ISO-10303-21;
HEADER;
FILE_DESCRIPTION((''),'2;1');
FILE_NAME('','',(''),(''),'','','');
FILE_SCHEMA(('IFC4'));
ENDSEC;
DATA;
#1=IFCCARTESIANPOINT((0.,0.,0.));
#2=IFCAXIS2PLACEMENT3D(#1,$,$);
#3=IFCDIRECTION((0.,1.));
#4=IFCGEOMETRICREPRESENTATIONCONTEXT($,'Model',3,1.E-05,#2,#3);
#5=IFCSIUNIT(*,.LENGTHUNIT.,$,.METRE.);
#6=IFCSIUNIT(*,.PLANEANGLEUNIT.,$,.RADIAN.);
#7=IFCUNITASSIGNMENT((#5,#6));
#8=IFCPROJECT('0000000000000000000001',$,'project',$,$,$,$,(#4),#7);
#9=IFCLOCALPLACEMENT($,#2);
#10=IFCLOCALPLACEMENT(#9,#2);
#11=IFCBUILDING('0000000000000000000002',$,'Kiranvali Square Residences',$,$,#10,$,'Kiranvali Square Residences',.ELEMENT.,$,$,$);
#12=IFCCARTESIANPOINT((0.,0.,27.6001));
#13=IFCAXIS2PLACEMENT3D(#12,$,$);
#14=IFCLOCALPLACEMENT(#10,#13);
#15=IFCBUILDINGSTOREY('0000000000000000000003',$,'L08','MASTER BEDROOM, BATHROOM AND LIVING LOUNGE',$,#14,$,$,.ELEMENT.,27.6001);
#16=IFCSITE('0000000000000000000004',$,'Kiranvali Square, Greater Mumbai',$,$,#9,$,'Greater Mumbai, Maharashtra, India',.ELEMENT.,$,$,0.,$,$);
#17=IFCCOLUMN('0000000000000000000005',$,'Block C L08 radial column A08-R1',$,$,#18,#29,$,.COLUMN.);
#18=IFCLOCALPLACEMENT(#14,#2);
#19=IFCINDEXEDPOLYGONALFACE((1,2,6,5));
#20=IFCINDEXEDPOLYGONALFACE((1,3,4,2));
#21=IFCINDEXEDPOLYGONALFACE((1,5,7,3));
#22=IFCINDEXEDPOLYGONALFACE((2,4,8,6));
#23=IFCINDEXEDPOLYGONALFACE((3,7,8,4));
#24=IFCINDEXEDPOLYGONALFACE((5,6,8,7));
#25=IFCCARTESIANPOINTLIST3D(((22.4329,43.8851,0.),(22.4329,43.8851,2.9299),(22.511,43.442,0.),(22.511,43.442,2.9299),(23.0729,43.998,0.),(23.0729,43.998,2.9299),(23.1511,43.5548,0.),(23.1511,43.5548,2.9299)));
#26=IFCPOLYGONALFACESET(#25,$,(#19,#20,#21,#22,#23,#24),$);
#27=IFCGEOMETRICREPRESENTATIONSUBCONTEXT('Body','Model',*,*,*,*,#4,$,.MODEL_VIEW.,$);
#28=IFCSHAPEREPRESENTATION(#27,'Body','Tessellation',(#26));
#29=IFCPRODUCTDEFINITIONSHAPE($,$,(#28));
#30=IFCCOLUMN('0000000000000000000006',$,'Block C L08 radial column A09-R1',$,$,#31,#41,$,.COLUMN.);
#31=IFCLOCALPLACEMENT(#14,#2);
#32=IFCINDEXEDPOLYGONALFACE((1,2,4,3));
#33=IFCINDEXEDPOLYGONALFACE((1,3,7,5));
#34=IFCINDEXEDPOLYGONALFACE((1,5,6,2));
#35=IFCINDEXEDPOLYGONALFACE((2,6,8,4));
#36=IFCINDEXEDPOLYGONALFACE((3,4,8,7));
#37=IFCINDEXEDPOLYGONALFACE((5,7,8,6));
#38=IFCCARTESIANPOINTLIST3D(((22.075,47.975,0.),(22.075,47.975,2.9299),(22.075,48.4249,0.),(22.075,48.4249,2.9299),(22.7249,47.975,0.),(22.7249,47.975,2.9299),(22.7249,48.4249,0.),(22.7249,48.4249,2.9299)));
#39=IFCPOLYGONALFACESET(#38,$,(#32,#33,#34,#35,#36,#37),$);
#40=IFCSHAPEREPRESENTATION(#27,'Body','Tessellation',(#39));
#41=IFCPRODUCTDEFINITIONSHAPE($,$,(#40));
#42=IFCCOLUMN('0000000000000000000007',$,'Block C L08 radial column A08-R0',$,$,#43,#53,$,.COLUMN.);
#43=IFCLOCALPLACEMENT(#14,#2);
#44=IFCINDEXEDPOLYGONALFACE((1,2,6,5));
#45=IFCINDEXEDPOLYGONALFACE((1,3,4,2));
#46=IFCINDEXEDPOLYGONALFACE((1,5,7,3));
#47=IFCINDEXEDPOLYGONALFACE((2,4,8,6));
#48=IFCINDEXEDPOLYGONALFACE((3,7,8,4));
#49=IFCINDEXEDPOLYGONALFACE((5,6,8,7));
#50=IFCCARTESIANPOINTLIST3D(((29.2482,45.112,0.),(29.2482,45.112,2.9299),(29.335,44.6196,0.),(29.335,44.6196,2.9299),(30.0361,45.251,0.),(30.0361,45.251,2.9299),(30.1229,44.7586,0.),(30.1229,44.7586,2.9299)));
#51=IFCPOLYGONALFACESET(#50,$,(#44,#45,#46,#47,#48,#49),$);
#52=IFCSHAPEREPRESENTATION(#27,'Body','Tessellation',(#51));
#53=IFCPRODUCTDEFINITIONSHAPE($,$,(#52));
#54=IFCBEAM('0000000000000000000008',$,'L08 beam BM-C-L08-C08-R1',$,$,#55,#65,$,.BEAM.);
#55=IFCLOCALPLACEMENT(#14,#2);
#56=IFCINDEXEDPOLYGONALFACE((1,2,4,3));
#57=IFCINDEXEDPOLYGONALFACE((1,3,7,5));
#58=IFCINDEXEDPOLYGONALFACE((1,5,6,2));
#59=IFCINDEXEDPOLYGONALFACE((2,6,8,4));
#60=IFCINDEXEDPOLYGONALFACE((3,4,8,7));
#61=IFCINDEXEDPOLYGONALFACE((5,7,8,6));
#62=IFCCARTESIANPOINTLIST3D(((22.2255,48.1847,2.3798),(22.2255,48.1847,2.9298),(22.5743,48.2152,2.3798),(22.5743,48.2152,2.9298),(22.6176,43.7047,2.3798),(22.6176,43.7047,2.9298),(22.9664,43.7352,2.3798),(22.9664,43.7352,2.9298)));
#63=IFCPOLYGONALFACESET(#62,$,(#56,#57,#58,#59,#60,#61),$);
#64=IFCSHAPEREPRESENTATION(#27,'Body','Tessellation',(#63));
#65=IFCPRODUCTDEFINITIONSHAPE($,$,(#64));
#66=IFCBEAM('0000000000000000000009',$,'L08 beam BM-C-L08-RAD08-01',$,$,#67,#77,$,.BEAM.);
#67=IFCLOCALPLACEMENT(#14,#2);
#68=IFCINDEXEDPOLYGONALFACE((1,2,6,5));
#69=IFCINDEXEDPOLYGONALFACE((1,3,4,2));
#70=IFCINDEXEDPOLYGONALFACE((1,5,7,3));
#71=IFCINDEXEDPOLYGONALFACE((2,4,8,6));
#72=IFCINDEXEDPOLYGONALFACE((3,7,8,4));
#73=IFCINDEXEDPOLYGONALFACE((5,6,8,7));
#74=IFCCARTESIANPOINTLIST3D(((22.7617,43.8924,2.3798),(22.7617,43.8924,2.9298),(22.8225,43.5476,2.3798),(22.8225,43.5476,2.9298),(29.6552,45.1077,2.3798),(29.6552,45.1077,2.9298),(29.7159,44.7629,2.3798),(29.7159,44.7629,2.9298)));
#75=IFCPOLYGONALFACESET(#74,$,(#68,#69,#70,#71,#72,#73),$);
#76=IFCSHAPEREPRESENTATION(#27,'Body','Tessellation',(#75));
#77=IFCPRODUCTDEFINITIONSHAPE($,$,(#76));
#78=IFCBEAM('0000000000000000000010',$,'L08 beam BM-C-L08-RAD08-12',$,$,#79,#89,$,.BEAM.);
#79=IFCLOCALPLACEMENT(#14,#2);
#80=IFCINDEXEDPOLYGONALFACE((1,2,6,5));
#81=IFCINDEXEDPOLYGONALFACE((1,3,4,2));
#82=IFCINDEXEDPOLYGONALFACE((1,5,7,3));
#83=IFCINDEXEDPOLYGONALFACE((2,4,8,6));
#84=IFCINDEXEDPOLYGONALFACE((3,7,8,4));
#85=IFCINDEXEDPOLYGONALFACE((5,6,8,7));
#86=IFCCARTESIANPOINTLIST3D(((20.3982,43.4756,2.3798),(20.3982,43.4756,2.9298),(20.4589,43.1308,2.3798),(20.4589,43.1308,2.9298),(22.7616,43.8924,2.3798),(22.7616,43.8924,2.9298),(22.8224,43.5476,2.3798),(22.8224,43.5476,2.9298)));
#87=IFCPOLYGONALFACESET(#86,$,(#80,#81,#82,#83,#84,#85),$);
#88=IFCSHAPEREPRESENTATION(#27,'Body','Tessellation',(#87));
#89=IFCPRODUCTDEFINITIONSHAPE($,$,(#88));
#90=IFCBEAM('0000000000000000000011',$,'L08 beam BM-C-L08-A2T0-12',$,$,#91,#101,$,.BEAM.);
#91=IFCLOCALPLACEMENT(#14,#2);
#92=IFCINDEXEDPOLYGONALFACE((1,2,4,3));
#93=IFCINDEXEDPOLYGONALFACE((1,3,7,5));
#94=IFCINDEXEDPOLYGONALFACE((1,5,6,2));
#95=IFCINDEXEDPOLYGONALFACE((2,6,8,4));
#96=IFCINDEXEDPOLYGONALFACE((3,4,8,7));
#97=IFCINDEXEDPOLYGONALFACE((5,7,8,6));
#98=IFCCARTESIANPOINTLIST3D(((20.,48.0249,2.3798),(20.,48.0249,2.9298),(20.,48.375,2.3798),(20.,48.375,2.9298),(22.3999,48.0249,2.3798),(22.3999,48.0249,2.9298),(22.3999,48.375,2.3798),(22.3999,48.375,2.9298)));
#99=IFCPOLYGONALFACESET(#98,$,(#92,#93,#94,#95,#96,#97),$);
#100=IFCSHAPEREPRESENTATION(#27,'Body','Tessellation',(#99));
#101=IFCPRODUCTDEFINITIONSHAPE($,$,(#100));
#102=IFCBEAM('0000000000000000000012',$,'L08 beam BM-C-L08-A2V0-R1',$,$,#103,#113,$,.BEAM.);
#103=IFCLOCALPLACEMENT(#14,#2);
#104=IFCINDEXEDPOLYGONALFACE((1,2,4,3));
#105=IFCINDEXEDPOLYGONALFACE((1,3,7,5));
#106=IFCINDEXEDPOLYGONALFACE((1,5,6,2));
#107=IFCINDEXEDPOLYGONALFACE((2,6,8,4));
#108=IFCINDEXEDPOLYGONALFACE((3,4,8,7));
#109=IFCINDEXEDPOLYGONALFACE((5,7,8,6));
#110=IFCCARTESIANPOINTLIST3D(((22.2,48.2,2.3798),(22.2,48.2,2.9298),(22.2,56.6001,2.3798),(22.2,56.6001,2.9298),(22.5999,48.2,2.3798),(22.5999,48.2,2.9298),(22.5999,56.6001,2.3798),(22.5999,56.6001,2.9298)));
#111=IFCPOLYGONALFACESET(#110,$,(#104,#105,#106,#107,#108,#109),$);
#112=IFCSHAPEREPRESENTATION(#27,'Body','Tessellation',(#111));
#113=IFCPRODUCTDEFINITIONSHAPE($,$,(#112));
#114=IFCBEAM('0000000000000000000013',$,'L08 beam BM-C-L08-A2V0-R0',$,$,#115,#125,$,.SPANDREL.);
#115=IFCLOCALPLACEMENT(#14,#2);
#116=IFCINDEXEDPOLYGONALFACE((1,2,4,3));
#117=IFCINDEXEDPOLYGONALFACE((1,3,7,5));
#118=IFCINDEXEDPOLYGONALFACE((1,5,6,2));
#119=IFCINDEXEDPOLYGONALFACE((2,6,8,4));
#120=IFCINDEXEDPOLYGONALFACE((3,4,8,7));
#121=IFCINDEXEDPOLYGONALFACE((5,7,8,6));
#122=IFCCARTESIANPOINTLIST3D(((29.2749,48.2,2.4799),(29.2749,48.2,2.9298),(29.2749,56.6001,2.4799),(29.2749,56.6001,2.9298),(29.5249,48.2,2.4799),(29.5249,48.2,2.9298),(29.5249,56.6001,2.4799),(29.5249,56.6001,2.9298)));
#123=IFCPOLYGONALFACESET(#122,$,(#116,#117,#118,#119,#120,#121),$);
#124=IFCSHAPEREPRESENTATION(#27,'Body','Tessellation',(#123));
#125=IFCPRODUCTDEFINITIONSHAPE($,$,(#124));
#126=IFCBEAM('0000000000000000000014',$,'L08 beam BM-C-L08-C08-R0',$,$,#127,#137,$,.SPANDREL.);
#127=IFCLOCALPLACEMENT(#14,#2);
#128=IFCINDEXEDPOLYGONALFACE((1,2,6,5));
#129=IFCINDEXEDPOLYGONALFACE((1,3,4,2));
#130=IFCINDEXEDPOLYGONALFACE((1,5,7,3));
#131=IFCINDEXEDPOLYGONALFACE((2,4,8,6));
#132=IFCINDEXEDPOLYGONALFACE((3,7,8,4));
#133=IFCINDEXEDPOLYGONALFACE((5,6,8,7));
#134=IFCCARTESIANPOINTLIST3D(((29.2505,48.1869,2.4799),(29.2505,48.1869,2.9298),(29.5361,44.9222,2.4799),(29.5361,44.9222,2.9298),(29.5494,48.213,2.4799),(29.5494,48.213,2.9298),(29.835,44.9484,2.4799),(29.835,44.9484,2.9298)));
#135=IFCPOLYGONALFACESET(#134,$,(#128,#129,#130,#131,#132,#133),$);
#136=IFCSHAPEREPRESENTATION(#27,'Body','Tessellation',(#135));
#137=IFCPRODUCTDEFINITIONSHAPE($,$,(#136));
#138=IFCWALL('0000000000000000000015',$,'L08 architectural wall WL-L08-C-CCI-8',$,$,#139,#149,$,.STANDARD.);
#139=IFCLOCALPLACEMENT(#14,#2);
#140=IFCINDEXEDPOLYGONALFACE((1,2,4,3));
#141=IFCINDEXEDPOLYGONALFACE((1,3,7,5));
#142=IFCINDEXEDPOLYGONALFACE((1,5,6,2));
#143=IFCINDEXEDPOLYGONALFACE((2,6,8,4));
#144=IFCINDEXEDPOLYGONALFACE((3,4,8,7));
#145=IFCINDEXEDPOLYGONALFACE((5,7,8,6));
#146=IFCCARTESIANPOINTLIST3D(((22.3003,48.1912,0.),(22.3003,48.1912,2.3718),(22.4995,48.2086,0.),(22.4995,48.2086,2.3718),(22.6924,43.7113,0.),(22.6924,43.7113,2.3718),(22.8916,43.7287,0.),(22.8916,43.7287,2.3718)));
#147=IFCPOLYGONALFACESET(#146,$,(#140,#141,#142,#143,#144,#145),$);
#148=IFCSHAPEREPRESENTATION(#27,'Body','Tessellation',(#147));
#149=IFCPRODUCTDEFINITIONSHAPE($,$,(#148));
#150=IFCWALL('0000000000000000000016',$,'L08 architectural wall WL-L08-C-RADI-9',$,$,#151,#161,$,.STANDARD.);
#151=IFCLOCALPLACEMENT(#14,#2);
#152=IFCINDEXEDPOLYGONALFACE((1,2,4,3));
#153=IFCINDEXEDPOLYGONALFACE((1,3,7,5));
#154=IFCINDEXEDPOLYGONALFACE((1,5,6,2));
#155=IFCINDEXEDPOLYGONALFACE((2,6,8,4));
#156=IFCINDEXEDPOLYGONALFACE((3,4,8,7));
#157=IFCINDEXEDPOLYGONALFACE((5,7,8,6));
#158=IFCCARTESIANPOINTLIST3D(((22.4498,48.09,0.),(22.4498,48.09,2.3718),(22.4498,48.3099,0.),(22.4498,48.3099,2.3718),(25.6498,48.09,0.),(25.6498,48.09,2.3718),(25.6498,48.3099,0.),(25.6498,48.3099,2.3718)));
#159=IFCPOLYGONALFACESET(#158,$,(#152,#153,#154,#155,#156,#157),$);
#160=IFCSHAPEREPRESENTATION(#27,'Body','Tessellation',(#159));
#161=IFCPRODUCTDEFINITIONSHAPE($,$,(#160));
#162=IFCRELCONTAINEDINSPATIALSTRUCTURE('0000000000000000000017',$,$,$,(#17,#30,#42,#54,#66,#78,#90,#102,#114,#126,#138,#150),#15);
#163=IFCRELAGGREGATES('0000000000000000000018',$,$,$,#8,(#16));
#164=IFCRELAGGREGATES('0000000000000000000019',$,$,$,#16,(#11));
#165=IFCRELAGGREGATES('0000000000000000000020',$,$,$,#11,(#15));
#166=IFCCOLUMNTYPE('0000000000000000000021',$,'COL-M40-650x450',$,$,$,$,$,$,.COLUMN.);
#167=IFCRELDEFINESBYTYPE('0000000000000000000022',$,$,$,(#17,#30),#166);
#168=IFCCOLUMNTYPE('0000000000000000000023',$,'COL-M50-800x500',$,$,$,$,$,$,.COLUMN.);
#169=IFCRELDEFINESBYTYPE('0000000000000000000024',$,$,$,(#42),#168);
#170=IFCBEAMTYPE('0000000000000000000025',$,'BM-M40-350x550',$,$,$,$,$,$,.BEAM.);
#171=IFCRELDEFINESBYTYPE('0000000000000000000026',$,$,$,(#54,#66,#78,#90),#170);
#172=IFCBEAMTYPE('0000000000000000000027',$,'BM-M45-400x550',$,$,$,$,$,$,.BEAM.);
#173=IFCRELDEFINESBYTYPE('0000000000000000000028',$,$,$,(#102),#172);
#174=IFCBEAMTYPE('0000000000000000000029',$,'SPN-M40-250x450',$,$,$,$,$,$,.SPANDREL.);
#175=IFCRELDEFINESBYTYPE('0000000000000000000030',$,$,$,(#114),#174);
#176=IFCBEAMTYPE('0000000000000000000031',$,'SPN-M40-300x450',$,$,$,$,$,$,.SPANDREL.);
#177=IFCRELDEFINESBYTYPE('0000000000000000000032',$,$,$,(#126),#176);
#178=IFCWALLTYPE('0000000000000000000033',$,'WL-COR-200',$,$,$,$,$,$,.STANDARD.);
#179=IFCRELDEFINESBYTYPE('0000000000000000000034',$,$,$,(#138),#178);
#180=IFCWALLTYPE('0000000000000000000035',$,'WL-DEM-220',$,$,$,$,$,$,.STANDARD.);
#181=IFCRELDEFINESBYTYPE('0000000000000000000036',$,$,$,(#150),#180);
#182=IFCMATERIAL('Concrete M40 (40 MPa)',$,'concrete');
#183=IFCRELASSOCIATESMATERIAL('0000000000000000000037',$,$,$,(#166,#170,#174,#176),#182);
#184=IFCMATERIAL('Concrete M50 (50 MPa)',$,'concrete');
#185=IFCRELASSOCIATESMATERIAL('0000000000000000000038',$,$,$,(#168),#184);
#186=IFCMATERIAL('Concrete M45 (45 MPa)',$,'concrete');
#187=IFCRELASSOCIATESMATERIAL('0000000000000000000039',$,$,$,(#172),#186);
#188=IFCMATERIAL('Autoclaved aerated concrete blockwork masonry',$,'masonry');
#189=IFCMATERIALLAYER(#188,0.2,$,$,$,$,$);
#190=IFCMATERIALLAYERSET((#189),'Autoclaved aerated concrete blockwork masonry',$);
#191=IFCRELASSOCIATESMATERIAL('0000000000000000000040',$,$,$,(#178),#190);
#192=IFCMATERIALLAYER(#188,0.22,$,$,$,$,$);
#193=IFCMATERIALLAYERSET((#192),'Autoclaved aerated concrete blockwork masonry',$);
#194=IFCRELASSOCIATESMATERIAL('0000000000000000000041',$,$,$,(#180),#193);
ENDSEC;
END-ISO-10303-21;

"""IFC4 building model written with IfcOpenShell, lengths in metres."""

from ifc_helpers import new_model, si_unit, direction, frame, frame_2d, origin, origin_2d, place, context, subcontext, project, spatial, rectangle, extrude, material, layer, layer_set, material_profile, profile_set, type_object, element, save


model = new_model("IFC4")

# Units and contexts
model_context = context("Model", 3, precision=1e-05, world=origin(), true_north=direction((0.0, 1.0)))
body_context = subcontext(model_context, "Body", "Model", "MODEL_VIEW")
ifc_project = project(units=[si_unit("LENGTHUNIT", "METRE"), si_unit("PLANEANGLEUNIT", "RADIAN")], contexts=[model_context])

# Site, building, storey
site_placement = place(None, origin())
site = spatial("IfcSite", under=ifc_project, at=site_placement, Name="Kiranvali Square, Greater Mumbai", LongName="Greater Mumbai, Maharashtra, India", CompositionType="ELEMENT", RefElevation=0.0)
building_placement = place(site_placement, origin())
building = spatial("IfcBuilding", under=site, at=building_placement, Name="Kiranvali Square Residences", LongName="Kiranvali Square Residences", CompositionType="ELEMENT")
storey_placement = place(building_placement, frame((0.0, 0.0, 27.6001)))
storey = spatial("IfcBuildingStorey", under=building, at=storey_placement, Name="L08", Description="MASTER BEDROOM, BATHROOM AND LIVING LOUNGE", CompositionType="ELEMENT", Elevation=27.6001)

# Columns
ifc_material_1 = material(Name="Concrete M40 (40 MPa)", Category="concrete")
ifc_material_profile_1 = material_profile(ifc_material_1, rectangle(XDim=0.45, YDim=0.6499, at=origin_2d()), Name="RC 650x450")
ifc_profile_set_1 = profile_set([ifc_material_profile_1], Name="Concrete M40 (40 MPa)")
column_type_1 = type_object("IfcColumnType", Name="COL-M40-650x450", PredefinedType="COLUMN", material=ifc_profile_set_1)
for number, where, z_axis, x_axis, name in (
    (1, (22.792, 43.72, 0.0), (0.0, 0.0, 1.0), (-0.173648, 0.984808, 0.0), "Block C L08 radial column A08-R1"),
    (2, (22.3999, 48.2, 0.0), (0.0, 0.0, 1.0), (0.0, 1.0, 0.0), "Block C L08 radial column A09-R1"),
):
    element("IfcColumn", number, at=place(storey_placement, frame(where, z_axis=z_axis, x_axis=x_axis)), inside=storey, type_object=column_type_1, Name=name, PredefinedType="COLUMN", context=body_context, shape_type="SweptSolid", body=[
        extrude(rectangle(XDim=0.45, YDim=0.6499, at=origin_2d()), origin(), (0.0, 0.0, 1.0), 2.9299),
    ])
ifc_material_2 = material(Name="Concrete M50 (50 MPa)", Category="concrete")
ifc_material_profile_2 = material_profile(ifc_material_2, rectangle(XDim=0.5, YDim=0.8, at=origin_2d()), Name="RC 800x500")
ifc_profile_set_2 = profile_set([ifc_material_profile_2], Name="Concrete M50 (50 MPa)")
column_type_2 = type_object("IfcColumnType", Name="COL-M50-800x500", PredefinedType="COLUMN", material=ifc_profile_set_2)
column_placement = place(storey_placement, frame((29.6855, 44.9353, 0.0), z_axis=(0.0, 0.0, 1.0), x_axis=(-0.173648, 0.984808, 0.0)))
element("IfcColumn", 3, at=column_placement, inside=storey, type_object=column_type_2, Name="Block C L08 radial column A08-R0", PredefinedType="COLUMN", context=body_context, shape_type="SweptSolid", body=[
    extrude(rectangle(XDim=0.5, YDim=0.8, at=origin_2d()), origin(), (0.0, 0.0, 1.0), 2.9299),
])

# Beams
ifc_material_profile_3 = material_profile(ifc_material_1, rectangle(XDim=0.3501, YDim=0.55, at=origin_2d()), Name="RC 350x550")
ifc_profile_set_3 = profile_set([ifc_material_profile_3], Name="Concrete M40 (40 MPa)")
beam_type_1 = type_object("IfcBeamType", Name="BM-M40-350x550", PredefinedType="BEAM", material=ifc_profile_set_3)
beam_1_placement = place(storey_placement, frame((22.792, 43.72, 2.6548), z_axis=(-0.087187, 0.996192, 0.0), x_axis=(-0.996192, -0.087187, 0.0)))
element("IfcBeam", 4, at=beam_1_placement, inside=storey, type_object=beam_type_1, Name="L08 beam BM-C-L08-C08-R1", PredefinedType="BEAM", context=body_context, shape_type="SweptSolid", body=[
    extrude(rectangle(XDim=0.3501, YDim=0.55, at=origin_2d()), origin(), (0.0, 0.0, 1.0), 4.4971),
])
beam_2_placement = place(storey_placement, frame((29.6855, 44.9353, 2.6548), z_axis=(-0.984812, -0.173622, 0.0), x_axis=(0.173622, -0.984812, 0.0)))
element("IfcBeam", 5, at=beam_2_placement, inside=storey, type_object=beam_type_1, Name="L08 beam BM-C-L08-RAD08-01", PredefinedType="BEAM", context=body_context, shape_type="SweptSolid", body=[
    extrude(rectangle(XDim=0.3501, YDim=0.55, at=origin_2d()), origin(), (0.0, 0.0, 1.0), 6.9998),
])
for number, where, z_axis, x_axis, name in (
    (6, (22.792, 43.72, 2.6548), (-0.984808, -0.173646, 0.0), (0.173646, -0.984808, 0.0), "L08 beam BM-C-L08-RAD08-12"),
    (7, (22.3999, 48.2, 2.6548), (-1.0, 0.0, 0.0), (0.0, -1.0, 0.0), "L08 beam BM-C-L08-A2T0-12"),
):
    element("IfcBeam", number, at=place(storey_placement, frame(where, z_axis=z_axis, x_axis=x_axis)), inside=storey, type_object=beam_type_1, Name=name, PredefinedType="BEAM", context=body_context, shape_type="SweptSolid", body=[
        extrude(rectangle(XDim=0.3501, YDim=0.55, at=origin_2d()), origin(), (0.0, 0.0, 1.0), 2.3999),
    ])
ifc_material_3 = material(Name="Concrete M45 (45 MPa)", Category="concrete")
ifc_material_profile_4 = material_profile(ifc_material_3, rectangle(XDim=0.3999, YDim=0.55, at=origin_2d()), Name="RC 400x550")
ifc_profile_set_4 = profile_set([ifc_material_profile_4], Name="Concrete M45 (45 MPa)")
beam_type_2 = type_object("IfcBeamType", Name="BM-M45-400x550", PredefinedType="BEAM", material=ifc_profile_set_4)
beam_3_placement = place(storey_placement, frame((22.3999, 48.2, 2.6548), z_axis=(0.0, 1.0, 0.0), x_axis=(-1.0, 0.0, 0.0)))
element("IfcBeam", 8, at=beam_3_placement, inside=storey, type_object=beam_type_2, Name="L08 beam BM-C-L08-A2V0-R1", PredefinedType="BEAM", context=body_context, shape_type="SweptSolid", body=[
    extrude(rectangle(XDim=0.3999, YDim=0.55, at=origin_2d()), origin(), (0.0, 0.0, 1.0), 8.4001),
])
ifc_material_profile_5 = material_profile(ifc_material_1, rectangle(XDim=0.25, YDim=0.45, at=origin_2d()), Name="RC 250x450")
ifc_profile_set_5 = profile_set([ifc_material_profile_5], Name="Concrete M40 (40 MPa)")
beam_type_3 = type_object("IfcBeamType", Name="SPN-M40-250x450", PredefinedType="SPANDREL", material=ifc_profile_set_5)
beam_4_placement = place(storey_placement, frame((29.3999, 48.2, 2.7048), z_axis=(0.0, 1.0, 0.0), x_axis=(-1.0, 0.0, 0.0)))
element("IfcBeam", 9, at=beam_4_placement, inside=storey, type_object=beam_type_3, Name="L08 beam BM-C-L08-A2V0-R0", PredefinedType="SPANDREL", context=body_context, shape_type="SweptSolid", body=[
    extrude(rectangle(XDim=0.25, YDim=0.45, at=origin_2d()), origin(), (0.0, 0.0, 1.0), 8.4001),
])
ifc_material_profile_6 = material_profile(ifc_material_1, rectangle(XDim=0.3, YDim=0.45, at=origin_2d()), Name="RC 300x450")
ifc_profile_set_6 = profile_set([ifc_material_profile_6], Name="Concrete M40 (40 MPa)")
beam_type_4 = type_object("IfcBeamType", Name="SPN-M40-300x450", PredefinedType="SPANDREL", material=ifc_profile_set_6)
beam_5_placement = place(storey_placement, frame((29.6855, 44.9353, 2.7048), z_axis=(-0.087163, 0.996194, 0.0), x_axis=(-0.996194, -0.087163, 0.0)))
element("IfcBeam", 10, at=beam_5_placement, inside=storey, type_object=beam_type_4, Name="L08 beam BM-C-L08-C08-R0", PredefinedType="SPANDREL", context=body_context, shape_type="SweptSolid", body=[
    extrude(rectangle(XDim=0.3, YDim=0.45, at=origin_2d()), origin(), (0.0, 0.0, 1.0), 3.2771),
])

# Walls
ifc_material_4 = material(Name="Autoclaved aerated concrete blockwork masonry", Category="masonry")
ifc_layer_1 = layer(ifc_material_4, 0.2)
ifc_layer_set_1 = layer_set([ifc_layer_1], Name="Autoclaved aerated concrete blockwork masonry")
wall_type_1 = type_object("IfcWallType", Name="WL-COR-200", PredefinedType="STANDARD", material=ifc_layer_set_1)
wall_1_placement = place(storey_placement, frame((22.792, 43.72, 0.0), z_axis=(0.0, 0.0, 1.0), x_axis=(-0.087187, 0.996192, 0.0)))
element("IfcWall", 11, at=wall_1_placement, inside=storey, type_object=wall_type_1, Name="L08 architectural wall WL-L08-C-CCI-8", PredefinedType="STANDARD", context=body_context, shape_type="SweptSolid", body=[
    extrude(rectangle(XDim=4.4971, YDim=0.2, at=frame_2d((2.2485, 0.0))), origin(), (0.0, 0.0, 1.0), 2.3718),
])
ifc_layer_2 = layer(ifc_material_4, 0.22)
ifc_layer_set_2 = layer_set([ifc_layer_2], Name="Autoclaved aerated concrete blockwork masonry")
wall_type_2 = type_object("IfcWallType", Name="WL-DEM-220", PredefinedType="STANDARD", material=ifc_layer_set_2)
wall_2_placement = place(storey_placement, frame((25.6499, 48.2, 0.0), z_axis=(0.0, 0.0, 1.0), x_axis=(-1.0, 0.0, 0.0)))
element("IfcWall", 12, at=wall_2_placement, inside=storey, type_object=wall_type_2, Name="L08 architectural wall WL-L08-C-RADI-9", PredefinedType="STANDARD", context=body_context, shape_type="SweptSolid", body=[
    extrude(rectangle(XDim=3.2, YDim=0.22, at=frame_2d((1.6001, 0.0))), origin(), (0.0, 0.0, 1.0), 2.3718),
])

save(model, "model.ifc")
